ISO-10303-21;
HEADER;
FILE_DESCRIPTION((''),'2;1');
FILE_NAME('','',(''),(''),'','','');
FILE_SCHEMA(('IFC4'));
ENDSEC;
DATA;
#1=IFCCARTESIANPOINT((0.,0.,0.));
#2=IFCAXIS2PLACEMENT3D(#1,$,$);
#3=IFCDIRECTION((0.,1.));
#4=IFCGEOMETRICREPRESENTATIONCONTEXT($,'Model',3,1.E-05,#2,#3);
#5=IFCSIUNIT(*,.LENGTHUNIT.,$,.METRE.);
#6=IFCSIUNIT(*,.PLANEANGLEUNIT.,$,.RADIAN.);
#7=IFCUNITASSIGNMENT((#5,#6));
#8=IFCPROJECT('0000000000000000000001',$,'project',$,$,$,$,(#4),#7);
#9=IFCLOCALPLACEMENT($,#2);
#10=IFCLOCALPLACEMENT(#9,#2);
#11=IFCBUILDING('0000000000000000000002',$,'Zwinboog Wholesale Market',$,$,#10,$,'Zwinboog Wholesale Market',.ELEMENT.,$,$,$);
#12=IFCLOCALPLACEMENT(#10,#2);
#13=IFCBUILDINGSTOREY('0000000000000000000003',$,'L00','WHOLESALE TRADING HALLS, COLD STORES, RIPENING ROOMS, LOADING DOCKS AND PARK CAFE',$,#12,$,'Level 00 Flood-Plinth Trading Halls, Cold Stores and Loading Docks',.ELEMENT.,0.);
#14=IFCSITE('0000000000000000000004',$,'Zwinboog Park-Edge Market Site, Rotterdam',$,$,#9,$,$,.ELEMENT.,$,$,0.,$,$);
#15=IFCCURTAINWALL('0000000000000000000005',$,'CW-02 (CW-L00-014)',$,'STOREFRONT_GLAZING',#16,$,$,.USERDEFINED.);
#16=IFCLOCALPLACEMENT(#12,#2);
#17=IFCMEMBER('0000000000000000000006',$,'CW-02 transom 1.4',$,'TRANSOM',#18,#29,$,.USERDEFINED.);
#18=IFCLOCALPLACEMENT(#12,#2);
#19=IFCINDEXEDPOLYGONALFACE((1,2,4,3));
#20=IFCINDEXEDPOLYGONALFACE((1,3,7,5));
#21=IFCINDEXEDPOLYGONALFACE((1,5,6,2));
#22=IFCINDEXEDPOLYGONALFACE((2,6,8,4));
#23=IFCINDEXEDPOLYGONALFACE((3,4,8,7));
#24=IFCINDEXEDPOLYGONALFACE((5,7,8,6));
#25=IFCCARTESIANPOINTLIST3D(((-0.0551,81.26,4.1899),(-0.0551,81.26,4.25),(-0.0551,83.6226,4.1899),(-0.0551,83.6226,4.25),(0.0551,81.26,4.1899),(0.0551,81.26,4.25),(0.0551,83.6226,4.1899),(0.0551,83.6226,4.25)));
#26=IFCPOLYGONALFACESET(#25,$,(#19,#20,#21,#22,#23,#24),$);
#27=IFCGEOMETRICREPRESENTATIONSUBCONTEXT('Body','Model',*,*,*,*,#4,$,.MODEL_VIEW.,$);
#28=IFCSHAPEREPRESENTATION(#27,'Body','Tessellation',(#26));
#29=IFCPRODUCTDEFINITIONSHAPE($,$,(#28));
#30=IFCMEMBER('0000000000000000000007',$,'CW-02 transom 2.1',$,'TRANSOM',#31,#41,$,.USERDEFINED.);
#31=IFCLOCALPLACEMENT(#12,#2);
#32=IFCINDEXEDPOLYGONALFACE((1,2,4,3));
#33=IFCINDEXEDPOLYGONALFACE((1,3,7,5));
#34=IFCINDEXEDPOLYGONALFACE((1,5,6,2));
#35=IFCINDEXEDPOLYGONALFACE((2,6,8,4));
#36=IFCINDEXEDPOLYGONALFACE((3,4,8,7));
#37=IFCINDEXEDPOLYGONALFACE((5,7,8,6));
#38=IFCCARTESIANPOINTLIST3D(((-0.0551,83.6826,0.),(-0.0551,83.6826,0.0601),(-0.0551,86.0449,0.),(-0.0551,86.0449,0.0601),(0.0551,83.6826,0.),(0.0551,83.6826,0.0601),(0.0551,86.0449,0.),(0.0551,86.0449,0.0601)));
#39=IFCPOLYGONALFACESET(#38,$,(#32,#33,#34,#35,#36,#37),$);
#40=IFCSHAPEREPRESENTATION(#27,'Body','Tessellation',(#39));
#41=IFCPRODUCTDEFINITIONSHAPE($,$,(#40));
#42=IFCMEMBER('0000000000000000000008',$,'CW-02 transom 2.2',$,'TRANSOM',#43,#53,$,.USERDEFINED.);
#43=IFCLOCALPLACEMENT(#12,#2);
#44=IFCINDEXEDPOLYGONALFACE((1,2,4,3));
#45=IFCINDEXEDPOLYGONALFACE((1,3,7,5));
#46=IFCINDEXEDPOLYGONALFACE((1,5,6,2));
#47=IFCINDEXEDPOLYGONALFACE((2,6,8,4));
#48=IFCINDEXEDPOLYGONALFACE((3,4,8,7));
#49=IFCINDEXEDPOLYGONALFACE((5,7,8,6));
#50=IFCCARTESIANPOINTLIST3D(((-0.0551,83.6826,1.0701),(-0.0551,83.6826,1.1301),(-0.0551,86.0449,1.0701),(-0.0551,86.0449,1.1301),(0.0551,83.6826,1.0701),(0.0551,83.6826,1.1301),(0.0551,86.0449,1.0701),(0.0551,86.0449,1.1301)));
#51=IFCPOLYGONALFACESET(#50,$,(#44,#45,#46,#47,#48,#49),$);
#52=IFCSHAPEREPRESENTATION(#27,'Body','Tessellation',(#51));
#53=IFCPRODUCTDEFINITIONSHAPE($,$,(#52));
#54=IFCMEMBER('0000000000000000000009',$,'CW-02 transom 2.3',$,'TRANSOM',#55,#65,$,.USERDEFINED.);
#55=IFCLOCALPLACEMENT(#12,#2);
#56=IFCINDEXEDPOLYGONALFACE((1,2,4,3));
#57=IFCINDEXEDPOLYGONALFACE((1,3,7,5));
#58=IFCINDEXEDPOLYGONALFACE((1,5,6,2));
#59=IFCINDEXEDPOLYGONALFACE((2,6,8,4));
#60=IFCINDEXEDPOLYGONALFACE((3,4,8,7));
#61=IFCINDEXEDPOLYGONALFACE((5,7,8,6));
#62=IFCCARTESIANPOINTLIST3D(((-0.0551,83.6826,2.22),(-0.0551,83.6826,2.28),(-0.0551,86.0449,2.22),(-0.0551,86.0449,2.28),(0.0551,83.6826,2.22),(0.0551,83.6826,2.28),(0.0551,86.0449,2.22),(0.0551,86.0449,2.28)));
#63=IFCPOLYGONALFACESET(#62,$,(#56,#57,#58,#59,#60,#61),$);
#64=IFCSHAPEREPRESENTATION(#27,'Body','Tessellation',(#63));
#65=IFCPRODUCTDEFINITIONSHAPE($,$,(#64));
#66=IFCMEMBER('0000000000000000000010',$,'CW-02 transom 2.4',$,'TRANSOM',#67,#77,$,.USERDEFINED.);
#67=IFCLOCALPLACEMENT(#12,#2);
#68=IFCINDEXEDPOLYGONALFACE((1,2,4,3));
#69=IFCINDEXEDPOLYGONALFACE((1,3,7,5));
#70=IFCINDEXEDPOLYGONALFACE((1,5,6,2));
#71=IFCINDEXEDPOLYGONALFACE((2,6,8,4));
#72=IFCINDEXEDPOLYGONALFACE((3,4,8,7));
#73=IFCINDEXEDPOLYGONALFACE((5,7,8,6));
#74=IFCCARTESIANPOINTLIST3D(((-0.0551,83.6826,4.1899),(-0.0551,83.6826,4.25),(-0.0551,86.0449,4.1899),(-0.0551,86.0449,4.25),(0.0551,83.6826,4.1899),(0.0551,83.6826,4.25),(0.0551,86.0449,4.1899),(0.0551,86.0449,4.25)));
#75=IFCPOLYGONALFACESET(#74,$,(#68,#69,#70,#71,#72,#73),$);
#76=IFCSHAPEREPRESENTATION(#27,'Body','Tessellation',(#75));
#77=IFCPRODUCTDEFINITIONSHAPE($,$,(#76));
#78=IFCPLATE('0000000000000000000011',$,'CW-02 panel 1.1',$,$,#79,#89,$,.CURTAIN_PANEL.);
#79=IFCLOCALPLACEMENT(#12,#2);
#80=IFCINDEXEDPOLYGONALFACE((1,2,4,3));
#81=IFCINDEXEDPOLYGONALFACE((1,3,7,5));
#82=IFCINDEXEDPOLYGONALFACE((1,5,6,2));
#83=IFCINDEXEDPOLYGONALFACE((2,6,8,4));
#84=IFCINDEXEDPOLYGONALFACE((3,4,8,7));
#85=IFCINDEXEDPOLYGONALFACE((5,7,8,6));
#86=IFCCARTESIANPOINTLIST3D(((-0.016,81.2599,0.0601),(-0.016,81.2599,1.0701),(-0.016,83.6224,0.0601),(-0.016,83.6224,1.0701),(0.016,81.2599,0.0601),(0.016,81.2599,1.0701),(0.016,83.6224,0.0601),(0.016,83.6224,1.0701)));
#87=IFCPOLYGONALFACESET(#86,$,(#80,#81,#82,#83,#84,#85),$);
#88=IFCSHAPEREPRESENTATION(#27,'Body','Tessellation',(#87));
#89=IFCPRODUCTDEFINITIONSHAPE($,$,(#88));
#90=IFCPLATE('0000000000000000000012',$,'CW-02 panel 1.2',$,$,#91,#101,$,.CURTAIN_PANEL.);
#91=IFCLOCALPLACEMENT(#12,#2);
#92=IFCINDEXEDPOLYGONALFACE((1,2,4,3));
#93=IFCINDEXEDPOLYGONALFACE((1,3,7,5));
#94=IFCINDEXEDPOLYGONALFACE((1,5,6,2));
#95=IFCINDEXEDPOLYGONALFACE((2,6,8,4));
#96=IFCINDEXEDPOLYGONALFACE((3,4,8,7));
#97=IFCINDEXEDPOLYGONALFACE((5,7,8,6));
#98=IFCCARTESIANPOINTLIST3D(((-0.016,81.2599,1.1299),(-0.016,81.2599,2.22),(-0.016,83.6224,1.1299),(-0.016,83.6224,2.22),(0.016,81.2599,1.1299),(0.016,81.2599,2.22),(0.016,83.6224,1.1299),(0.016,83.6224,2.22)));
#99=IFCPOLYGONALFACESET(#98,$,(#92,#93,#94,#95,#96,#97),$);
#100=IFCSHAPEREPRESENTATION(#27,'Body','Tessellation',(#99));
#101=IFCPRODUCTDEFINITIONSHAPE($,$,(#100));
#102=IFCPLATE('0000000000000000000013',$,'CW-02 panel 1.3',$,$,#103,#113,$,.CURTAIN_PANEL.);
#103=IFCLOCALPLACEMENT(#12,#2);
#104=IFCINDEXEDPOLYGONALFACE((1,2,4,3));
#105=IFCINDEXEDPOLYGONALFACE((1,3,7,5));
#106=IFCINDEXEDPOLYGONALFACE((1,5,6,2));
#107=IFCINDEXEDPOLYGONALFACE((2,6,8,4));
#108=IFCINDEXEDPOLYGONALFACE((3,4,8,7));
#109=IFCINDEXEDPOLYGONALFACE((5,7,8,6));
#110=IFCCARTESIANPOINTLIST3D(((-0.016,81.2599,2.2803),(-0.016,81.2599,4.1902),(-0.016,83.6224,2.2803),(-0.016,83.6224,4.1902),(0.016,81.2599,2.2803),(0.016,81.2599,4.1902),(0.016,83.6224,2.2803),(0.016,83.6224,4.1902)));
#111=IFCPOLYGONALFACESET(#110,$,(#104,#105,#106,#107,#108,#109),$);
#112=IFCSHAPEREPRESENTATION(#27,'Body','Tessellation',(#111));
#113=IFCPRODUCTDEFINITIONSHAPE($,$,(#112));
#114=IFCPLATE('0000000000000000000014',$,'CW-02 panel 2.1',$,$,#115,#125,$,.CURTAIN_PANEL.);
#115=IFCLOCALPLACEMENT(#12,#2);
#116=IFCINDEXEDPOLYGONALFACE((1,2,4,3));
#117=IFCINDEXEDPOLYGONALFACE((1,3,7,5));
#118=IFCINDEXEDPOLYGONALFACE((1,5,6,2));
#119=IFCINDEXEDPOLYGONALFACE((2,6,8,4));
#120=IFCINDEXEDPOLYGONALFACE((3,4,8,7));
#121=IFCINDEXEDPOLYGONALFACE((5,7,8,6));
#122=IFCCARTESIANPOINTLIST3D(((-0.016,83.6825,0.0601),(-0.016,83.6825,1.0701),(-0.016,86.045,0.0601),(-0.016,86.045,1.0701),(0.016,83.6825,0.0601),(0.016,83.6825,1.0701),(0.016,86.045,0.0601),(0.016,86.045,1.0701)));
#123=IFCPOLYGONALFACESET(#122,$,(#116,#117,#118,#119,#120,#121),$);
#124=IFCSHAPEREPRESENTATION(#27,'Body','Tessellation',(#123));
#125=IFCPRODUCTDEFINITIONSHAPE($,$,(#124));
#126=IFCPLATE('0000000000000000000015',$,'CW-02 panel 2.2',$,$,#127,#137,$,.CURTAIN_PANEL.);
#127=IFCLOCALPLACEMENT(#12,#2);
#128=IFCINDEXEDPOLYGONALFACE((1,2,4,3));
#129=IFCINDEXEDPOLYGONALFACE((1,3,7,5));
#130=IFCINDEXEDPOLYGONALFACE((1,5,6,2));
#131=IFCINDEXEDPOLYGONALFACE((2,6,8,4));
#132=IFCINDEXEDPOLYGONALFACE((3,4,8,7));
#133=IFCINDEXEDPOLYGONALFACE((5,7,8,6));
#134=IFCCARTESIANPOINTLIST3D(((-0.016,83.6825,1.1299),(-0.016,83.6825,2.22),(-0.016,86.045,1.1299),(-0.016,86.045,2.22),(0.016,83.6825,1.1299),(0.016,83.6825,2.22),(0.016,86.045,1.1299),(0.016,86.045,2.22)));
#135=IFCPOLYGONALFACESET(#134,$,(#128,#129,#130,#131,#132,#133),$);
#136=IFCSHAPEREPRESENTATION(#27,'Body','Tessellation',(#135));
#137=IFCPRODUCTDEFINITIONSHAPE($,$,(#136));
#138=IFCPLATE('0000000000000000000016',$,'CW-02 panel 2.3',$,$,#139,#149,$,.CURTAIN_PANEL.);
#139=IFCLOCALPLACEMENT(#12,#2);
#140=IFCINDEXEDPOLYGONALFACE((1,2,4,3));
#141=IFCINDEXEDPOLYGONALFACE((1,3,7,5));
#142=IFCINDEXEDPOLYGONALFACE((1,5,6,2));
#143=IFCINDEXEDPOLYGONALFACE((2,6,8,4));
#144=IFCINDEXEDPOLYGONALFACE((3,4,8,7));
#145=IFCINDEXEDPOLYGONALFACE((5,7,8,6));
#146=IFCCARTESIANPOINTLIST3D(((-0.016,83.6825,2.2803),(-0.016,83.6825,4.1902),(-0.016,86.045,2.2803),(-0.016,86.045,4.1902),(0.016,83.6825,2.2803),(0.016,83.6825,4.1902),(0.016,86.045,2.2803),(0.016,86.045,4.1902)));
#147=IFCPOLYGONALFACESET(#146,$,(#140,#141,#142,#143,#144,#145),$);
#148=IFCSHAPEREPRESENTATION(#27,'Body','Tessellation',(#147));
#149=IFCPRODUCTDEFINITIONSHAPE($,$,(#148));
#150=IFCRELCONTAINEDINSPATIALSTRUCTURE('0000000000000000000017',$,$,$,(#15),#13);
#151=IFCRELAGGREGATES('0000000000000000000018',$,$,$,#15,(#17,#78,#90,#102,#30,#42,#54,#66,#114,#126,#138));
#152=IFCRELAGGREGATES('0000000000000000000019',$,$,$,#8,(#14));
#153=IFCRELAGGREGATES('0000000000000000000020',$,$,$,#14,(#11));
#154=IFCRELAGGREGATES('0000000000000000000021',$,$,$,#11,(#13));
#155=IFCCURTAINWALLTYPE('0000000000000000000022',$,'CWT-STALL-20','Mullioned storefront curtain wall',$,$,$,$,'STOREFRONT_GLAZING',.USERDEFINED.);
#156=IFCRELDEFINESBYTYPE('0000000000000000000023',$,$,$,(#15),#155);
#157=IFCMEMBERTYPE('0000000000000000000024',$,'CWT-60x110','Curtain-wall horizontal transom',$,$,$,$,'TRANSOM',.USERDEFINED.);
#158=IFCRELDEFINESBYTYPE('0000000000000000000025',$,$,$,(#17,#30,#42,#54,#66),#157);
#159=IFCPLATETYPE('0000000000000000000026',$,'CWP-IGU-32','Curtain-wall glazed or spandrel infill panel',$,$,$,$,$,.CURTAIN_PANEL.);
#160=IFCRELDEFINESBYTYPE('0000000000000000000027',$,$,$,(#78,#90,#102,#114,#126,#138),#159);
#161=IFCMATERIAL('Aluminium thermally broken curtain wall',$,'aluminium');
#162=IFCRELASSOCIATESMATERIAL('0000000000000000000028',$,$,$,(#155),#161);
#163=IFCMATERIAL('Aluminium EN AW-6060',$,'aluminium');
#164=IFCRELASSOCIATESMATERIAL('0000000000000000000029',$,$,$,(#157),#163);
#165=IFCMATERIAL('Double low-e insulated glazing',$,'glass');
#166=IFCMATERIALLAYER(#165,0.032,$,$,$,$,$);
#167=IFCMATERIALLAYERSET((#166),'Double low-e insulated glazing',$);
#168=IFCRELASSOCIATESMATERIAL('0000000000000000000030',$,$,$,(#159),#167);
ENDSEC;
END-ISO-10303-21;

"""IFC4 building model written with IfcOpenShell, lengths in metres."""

from ifc_helpers import new_model, si_unit, direction, frame, origin, origin_2d, place, context, subcontext, project, spatial, rectangle, extrude, material, layer, layer_set, material_profile, profile_set, type_object, element, aggregate, save


model = new_model("IFC4")

# Units and contexts
model_context = context("Model", 3, precision=1e-05, world=origin(), true_north=direction((0.0, 1.0)))
body_context = subcontext(model_context, "Body", "Model", "MODEL_VIEW")
ifc_project = project(units=[si_unit("LENGTHUNIT", "METRE"), si_unit("PLANEANGLEUNIT", "RADIAN")], contexts=[model_context])

# Site, building, storey
site_placement = place(None, origin())
site = spatial("IfcSite", under=ifc_project, at=site_placement, Name="Zwinboog Park-Edge Market Site, Rotterdam", CompositionType="ELEMENT", RefElevation=0.0)
building_placement = place(site_placement, origin())
building = spatial("IfcBuilding", under=site, at=building_placement, Name="Zwinboog Wholesale Market", LongName="Zwinboog Wholesale Market", CompositionType="ELEMENT")
storey_placement = place(building_placement, origin())
storey = spatial("IfcBuildingStorey", under=building, at=storey_placement, Name="L00", Description="WHOLESALE TRADING HALLS, COLD STORES, RIPENING ROOMS, LOADING DOCKS AND PARK CAFE", LongName="Level 00 Flood-Plinth Trading Halls, Cold Stores and Loading Docks", CompositionType="ELEMENT", Elevation=0.0)

# Curtain wall, members, plates
ifc_material_1 = material(Name="Aluminium thermally broken curtain wall", Category="aluminium")
curtain_wall_type = type_object("IfcCurtainWallType", Name="CWT-STALL-20", Description="Mullioned storefront curtain wall", ElementType="STOREFRONT_GLAZING", PredefinedType="USERDEFINED", material=ifc_material_1)
curtain_wall_placement = place(storey_placement, origin())
curtain_wall = element("IfcCurtainWall", 1, at=curtain_wall_placement, inside=storey, type_object=curtain_wall_type, Name="CW-02 (CW-L00-014)", ObjectType="STOREFRONT_GLAZING", PredefinedType="USERDEFINED")
ifc_material_2 = material(Name="Aluminium EN AW-6060", Category="aluminium")
ifc_material_profile_1 = material_profile(ifc_material_2, rectangle(XDim=0.1101, YDim=0.0601, at=origin_2d()), Name="AL 60x110")
ifc_profile_set_1 = profile_set([ifc_material_profile_1], Name="Aluminium EN AW-6060")
member_type_1 = type_object("IfcMemberType", Name="CWT-60x110", Description="Curtain-wall horizontal transom", ElementType="TRANSOM", PredefinedType="USERDEFINED", material=ifc_profile_set_1)
member_1_placement = place(storey_placement, frame((0.0, 81.26, 4.22), z_axis=(0.0, 1.0, 0.0), x_axis=(-1.0, 0.0, 0.0)))
member_1 = element("IfcMember", 2, at=member_1_placement, type_object=member_type_1, Name="CW-02 transom 1.4", ObjectType="TRANSOM", PredefinedType="USERDEFINED", context=body_context, shape_type="SweptSolid", body=[
    extrude(rectangle(XDim=0.1101, YDim=0.0601, at=origin_2d()), origin(), (0.0, 0.0, 1.0), 2.3625),
])
member_2_placement = place(storey_placement, frame((0.0, 83.6826, 0.03), z_axis=(0.0, 1.0, 0.0), x_axis=(-1.0, 0.0, 0.0)))
member_2 = element("IfcMember", 3, at=member_2_placement, type_object=member_type_1, Name="CW-02 transom 2.1", ObjectType="TRANSOM", PredefinedType="USERDEFINED", context=body_context, shape_type="SweptSolid", body=[
    extrude(rectangle(XDim=0.1101, YDim=0.0601, at=origin_2d()), origin(), (0.0, 0.0, 1.0), 2.3623),
])
member_3_placement = place(storey_placement, frame((0.0, 83.6826, 1.1001), z_axis=(0.0, 1.0, 0.0), x_axis=(-1.0, 0.0, 0.0)))
member_3 = element("IfcMember", 4, at=member_3_placement, type_object=member_type_1, Name="CW-02 transom 2.2", ObjectType="TRANSOM", PredefinedType="USERDEFINED", context=body_context, shape_type="SweptSolid", body=[
    extrude(rectangle(XDim=0.1101, YDim=0.0601, at=origin_2d()), origin(), (0.0, 0.0, 1.0), 2.3623),
])
member_4_placement = place(storey_placement, frame((0.0, 83.6826, 2.25), z_axis=(0.0, 1.0, 0.0), x_axis=(-1.0, 0.0, 0.0)))
member_4 = element("IfcMember", 5, at=member_4_placement, type_object=member_type_1, Name="CW-02 transom 2.3", ObjectType="TRANSOM", PredefinedType="USERDEFINED", context=body_context, shape_type="SweptSolid", body=[
    extrude(rectangle(XDim=0.1101, YDim=0.0601, at=origin_2d()), origin(), (0.0, 0.0, 1.0), 2.3623),
])
member_5_placement = place(storey_placement, frame((0.0, 83.6826, 4.22), z_axis=(0.0, 1.0, 0.0), x_axis=(-1.0, 0.0, 0.0)))
member_5 = element("IfcMember", 6, at=member_5_placement, type_object=member_type_1, Name="CW-02 transom 2.4", ObjectType="TRANSOM", PredefinedType="USERDEFINED", context=body_context, shape_type="SweptSolid", body=[
    extrude(rectangle(XDim=0.1101, YDim=0.0601, at=origin_2d()), origin(), (0.0, 0.0, 1.0), 2.3623),
])
ifc_material_3 = material(Name="Double low-e insulated glazing", Category="glass")
ifc_layer = layer(ifc_material_3, 0.032)
ifc_layer_set = layer_set([ifc_layer], Name="Double low-e insulated glazing")
plate_type = type_object("IfcPlateType", Name="CWP-IGU-32", Description="Curtain-wall glazed or spandrel infill panel", PredefinedType="CURTAIN_PANEL", material=ifc_layer_set)
plate_1_placement = place(storey_placement, frame((0.0, 82.4412, 0.0601), z_axis=(0.0, 0.0, 1.0), x_axis=(0.0, 1.0, 0.0)))
plate_1 = element("IfcPlate", 7, at=plate_1_placement, type_object=plate_type, Name="CW-02 panel 1.1", PredefinedType="CURTAIN_PANEL", context=body_context, shape_type="SweptSolid", body=[
    extrude(rectangle(XDim=2.3625, YDim=0.032, at=origin_2d()), origin(), (0.0, 0.0, 1.0), 1.01),
])
plate_2_placement = place(storey_placement, frame((0.0, 82.4412, 1.1299), z_axis=(0.0, 0.0, 1.0), x_axis=(0.0, 1.0, 0.0)))
plate_2 = element("IfcPlate", 8, at=plate_2_placement, type_object=plate_type, Name="CW-02 panel 1.2", PredefinedType="CURTAIN_PANEL", context=body_context, shape_type="SweptSolid", body=[
    extrude(rectangle(XDim=2.3625, YDim=0.032, at=origin_2d()), origin(), (0.0, 0.0, 1.0), 1.0901),
])
plate_3_placement = place(storey_placement, frame((0.0, 82.4412, 2.2803), z_axis=(0.0, 0.0, 1.0), x_axis=(0.0, 1.0, 0.0)))
plate_3 = element("IfcPlate", 9, at=plate_3_placement, type_object=plate_type, Name="CW-02 panel 1.3", PredefinedType="CURTAIN_PANEL", context=body_context, shape_type="SweptSolid", body=[
    extrude(rectangle(XDim=2.3625, YDim=0.032, at=origin_2d()), origin(), (0.0, 0.0, 1.0), 1.9099),
])
plate_4_placement = place(storey_placement, frame((0.0, 84.8638, 0.0601), z_axis=(0.0, 0.0, 1.0), x_axis=(0.0, 1.0, 0.0)))
plate_4 = element("IfcPlate", 10, at=plate_4_placement, type_object=plate_type, Name="CW-02 panel 2.1", PredefinedType="CURTAIN_PANEL", context=body_context, shape_type="SweptSolid", body=[
    extrude(rectangle(XDim=2.3625, YDim=0.032, at=origin_2d()), origin(), (0.0, 0.0, 1.0), 1.01),
])
plate_5_placement = place(storey_placement, frame((0.0, 84.8638, 1.1299), z_axis=(0.0, 0.0, 1.0), x_axis=(0.0, 1.0, 0.0)))
plate_5 = element("IfcPlate", 11, at=plate_5_placement, type_object=plate_type, Name="CW-02 panel 2.2", PredefinedType="CURTAIN_PANEL", context=body_context, shape_type="SweptSolid", body=[
    extrude(rectangle(XDim=2.3625, YDim=0.032, at=origin_2d()), origin(), (0.0, 0.0, 1.0), 1.0901),
])
plate_6_placement = place(storey_placement, frame((0.0, 84.8638, 2.2803), z_axis=(0.0, 0.0, 1.0), x_axis=(0.0, 1.0, 0.0)))
plate_6 = element("IfcPlate", 12, at=plate_6_placement, type_object=plate_type, Name="CW-02 panel 2.3", PredefinedType="CURTAIN_PANEL", context=body_context, shape_type="SweptSolid", body=[
    extrude(rectangle(XDim=2.3625, YDim=0.032, at=origin_2d()), origin(), (0.0, 0.0, 1.0), 1.9099),
])
aggregate(curtain_wall, [member_1, plate_1, plate_2, plate_3, member_2, member_3, member_4, member_5, plate_4, plate_5, plate_6])

save(model, "model.ifc")
